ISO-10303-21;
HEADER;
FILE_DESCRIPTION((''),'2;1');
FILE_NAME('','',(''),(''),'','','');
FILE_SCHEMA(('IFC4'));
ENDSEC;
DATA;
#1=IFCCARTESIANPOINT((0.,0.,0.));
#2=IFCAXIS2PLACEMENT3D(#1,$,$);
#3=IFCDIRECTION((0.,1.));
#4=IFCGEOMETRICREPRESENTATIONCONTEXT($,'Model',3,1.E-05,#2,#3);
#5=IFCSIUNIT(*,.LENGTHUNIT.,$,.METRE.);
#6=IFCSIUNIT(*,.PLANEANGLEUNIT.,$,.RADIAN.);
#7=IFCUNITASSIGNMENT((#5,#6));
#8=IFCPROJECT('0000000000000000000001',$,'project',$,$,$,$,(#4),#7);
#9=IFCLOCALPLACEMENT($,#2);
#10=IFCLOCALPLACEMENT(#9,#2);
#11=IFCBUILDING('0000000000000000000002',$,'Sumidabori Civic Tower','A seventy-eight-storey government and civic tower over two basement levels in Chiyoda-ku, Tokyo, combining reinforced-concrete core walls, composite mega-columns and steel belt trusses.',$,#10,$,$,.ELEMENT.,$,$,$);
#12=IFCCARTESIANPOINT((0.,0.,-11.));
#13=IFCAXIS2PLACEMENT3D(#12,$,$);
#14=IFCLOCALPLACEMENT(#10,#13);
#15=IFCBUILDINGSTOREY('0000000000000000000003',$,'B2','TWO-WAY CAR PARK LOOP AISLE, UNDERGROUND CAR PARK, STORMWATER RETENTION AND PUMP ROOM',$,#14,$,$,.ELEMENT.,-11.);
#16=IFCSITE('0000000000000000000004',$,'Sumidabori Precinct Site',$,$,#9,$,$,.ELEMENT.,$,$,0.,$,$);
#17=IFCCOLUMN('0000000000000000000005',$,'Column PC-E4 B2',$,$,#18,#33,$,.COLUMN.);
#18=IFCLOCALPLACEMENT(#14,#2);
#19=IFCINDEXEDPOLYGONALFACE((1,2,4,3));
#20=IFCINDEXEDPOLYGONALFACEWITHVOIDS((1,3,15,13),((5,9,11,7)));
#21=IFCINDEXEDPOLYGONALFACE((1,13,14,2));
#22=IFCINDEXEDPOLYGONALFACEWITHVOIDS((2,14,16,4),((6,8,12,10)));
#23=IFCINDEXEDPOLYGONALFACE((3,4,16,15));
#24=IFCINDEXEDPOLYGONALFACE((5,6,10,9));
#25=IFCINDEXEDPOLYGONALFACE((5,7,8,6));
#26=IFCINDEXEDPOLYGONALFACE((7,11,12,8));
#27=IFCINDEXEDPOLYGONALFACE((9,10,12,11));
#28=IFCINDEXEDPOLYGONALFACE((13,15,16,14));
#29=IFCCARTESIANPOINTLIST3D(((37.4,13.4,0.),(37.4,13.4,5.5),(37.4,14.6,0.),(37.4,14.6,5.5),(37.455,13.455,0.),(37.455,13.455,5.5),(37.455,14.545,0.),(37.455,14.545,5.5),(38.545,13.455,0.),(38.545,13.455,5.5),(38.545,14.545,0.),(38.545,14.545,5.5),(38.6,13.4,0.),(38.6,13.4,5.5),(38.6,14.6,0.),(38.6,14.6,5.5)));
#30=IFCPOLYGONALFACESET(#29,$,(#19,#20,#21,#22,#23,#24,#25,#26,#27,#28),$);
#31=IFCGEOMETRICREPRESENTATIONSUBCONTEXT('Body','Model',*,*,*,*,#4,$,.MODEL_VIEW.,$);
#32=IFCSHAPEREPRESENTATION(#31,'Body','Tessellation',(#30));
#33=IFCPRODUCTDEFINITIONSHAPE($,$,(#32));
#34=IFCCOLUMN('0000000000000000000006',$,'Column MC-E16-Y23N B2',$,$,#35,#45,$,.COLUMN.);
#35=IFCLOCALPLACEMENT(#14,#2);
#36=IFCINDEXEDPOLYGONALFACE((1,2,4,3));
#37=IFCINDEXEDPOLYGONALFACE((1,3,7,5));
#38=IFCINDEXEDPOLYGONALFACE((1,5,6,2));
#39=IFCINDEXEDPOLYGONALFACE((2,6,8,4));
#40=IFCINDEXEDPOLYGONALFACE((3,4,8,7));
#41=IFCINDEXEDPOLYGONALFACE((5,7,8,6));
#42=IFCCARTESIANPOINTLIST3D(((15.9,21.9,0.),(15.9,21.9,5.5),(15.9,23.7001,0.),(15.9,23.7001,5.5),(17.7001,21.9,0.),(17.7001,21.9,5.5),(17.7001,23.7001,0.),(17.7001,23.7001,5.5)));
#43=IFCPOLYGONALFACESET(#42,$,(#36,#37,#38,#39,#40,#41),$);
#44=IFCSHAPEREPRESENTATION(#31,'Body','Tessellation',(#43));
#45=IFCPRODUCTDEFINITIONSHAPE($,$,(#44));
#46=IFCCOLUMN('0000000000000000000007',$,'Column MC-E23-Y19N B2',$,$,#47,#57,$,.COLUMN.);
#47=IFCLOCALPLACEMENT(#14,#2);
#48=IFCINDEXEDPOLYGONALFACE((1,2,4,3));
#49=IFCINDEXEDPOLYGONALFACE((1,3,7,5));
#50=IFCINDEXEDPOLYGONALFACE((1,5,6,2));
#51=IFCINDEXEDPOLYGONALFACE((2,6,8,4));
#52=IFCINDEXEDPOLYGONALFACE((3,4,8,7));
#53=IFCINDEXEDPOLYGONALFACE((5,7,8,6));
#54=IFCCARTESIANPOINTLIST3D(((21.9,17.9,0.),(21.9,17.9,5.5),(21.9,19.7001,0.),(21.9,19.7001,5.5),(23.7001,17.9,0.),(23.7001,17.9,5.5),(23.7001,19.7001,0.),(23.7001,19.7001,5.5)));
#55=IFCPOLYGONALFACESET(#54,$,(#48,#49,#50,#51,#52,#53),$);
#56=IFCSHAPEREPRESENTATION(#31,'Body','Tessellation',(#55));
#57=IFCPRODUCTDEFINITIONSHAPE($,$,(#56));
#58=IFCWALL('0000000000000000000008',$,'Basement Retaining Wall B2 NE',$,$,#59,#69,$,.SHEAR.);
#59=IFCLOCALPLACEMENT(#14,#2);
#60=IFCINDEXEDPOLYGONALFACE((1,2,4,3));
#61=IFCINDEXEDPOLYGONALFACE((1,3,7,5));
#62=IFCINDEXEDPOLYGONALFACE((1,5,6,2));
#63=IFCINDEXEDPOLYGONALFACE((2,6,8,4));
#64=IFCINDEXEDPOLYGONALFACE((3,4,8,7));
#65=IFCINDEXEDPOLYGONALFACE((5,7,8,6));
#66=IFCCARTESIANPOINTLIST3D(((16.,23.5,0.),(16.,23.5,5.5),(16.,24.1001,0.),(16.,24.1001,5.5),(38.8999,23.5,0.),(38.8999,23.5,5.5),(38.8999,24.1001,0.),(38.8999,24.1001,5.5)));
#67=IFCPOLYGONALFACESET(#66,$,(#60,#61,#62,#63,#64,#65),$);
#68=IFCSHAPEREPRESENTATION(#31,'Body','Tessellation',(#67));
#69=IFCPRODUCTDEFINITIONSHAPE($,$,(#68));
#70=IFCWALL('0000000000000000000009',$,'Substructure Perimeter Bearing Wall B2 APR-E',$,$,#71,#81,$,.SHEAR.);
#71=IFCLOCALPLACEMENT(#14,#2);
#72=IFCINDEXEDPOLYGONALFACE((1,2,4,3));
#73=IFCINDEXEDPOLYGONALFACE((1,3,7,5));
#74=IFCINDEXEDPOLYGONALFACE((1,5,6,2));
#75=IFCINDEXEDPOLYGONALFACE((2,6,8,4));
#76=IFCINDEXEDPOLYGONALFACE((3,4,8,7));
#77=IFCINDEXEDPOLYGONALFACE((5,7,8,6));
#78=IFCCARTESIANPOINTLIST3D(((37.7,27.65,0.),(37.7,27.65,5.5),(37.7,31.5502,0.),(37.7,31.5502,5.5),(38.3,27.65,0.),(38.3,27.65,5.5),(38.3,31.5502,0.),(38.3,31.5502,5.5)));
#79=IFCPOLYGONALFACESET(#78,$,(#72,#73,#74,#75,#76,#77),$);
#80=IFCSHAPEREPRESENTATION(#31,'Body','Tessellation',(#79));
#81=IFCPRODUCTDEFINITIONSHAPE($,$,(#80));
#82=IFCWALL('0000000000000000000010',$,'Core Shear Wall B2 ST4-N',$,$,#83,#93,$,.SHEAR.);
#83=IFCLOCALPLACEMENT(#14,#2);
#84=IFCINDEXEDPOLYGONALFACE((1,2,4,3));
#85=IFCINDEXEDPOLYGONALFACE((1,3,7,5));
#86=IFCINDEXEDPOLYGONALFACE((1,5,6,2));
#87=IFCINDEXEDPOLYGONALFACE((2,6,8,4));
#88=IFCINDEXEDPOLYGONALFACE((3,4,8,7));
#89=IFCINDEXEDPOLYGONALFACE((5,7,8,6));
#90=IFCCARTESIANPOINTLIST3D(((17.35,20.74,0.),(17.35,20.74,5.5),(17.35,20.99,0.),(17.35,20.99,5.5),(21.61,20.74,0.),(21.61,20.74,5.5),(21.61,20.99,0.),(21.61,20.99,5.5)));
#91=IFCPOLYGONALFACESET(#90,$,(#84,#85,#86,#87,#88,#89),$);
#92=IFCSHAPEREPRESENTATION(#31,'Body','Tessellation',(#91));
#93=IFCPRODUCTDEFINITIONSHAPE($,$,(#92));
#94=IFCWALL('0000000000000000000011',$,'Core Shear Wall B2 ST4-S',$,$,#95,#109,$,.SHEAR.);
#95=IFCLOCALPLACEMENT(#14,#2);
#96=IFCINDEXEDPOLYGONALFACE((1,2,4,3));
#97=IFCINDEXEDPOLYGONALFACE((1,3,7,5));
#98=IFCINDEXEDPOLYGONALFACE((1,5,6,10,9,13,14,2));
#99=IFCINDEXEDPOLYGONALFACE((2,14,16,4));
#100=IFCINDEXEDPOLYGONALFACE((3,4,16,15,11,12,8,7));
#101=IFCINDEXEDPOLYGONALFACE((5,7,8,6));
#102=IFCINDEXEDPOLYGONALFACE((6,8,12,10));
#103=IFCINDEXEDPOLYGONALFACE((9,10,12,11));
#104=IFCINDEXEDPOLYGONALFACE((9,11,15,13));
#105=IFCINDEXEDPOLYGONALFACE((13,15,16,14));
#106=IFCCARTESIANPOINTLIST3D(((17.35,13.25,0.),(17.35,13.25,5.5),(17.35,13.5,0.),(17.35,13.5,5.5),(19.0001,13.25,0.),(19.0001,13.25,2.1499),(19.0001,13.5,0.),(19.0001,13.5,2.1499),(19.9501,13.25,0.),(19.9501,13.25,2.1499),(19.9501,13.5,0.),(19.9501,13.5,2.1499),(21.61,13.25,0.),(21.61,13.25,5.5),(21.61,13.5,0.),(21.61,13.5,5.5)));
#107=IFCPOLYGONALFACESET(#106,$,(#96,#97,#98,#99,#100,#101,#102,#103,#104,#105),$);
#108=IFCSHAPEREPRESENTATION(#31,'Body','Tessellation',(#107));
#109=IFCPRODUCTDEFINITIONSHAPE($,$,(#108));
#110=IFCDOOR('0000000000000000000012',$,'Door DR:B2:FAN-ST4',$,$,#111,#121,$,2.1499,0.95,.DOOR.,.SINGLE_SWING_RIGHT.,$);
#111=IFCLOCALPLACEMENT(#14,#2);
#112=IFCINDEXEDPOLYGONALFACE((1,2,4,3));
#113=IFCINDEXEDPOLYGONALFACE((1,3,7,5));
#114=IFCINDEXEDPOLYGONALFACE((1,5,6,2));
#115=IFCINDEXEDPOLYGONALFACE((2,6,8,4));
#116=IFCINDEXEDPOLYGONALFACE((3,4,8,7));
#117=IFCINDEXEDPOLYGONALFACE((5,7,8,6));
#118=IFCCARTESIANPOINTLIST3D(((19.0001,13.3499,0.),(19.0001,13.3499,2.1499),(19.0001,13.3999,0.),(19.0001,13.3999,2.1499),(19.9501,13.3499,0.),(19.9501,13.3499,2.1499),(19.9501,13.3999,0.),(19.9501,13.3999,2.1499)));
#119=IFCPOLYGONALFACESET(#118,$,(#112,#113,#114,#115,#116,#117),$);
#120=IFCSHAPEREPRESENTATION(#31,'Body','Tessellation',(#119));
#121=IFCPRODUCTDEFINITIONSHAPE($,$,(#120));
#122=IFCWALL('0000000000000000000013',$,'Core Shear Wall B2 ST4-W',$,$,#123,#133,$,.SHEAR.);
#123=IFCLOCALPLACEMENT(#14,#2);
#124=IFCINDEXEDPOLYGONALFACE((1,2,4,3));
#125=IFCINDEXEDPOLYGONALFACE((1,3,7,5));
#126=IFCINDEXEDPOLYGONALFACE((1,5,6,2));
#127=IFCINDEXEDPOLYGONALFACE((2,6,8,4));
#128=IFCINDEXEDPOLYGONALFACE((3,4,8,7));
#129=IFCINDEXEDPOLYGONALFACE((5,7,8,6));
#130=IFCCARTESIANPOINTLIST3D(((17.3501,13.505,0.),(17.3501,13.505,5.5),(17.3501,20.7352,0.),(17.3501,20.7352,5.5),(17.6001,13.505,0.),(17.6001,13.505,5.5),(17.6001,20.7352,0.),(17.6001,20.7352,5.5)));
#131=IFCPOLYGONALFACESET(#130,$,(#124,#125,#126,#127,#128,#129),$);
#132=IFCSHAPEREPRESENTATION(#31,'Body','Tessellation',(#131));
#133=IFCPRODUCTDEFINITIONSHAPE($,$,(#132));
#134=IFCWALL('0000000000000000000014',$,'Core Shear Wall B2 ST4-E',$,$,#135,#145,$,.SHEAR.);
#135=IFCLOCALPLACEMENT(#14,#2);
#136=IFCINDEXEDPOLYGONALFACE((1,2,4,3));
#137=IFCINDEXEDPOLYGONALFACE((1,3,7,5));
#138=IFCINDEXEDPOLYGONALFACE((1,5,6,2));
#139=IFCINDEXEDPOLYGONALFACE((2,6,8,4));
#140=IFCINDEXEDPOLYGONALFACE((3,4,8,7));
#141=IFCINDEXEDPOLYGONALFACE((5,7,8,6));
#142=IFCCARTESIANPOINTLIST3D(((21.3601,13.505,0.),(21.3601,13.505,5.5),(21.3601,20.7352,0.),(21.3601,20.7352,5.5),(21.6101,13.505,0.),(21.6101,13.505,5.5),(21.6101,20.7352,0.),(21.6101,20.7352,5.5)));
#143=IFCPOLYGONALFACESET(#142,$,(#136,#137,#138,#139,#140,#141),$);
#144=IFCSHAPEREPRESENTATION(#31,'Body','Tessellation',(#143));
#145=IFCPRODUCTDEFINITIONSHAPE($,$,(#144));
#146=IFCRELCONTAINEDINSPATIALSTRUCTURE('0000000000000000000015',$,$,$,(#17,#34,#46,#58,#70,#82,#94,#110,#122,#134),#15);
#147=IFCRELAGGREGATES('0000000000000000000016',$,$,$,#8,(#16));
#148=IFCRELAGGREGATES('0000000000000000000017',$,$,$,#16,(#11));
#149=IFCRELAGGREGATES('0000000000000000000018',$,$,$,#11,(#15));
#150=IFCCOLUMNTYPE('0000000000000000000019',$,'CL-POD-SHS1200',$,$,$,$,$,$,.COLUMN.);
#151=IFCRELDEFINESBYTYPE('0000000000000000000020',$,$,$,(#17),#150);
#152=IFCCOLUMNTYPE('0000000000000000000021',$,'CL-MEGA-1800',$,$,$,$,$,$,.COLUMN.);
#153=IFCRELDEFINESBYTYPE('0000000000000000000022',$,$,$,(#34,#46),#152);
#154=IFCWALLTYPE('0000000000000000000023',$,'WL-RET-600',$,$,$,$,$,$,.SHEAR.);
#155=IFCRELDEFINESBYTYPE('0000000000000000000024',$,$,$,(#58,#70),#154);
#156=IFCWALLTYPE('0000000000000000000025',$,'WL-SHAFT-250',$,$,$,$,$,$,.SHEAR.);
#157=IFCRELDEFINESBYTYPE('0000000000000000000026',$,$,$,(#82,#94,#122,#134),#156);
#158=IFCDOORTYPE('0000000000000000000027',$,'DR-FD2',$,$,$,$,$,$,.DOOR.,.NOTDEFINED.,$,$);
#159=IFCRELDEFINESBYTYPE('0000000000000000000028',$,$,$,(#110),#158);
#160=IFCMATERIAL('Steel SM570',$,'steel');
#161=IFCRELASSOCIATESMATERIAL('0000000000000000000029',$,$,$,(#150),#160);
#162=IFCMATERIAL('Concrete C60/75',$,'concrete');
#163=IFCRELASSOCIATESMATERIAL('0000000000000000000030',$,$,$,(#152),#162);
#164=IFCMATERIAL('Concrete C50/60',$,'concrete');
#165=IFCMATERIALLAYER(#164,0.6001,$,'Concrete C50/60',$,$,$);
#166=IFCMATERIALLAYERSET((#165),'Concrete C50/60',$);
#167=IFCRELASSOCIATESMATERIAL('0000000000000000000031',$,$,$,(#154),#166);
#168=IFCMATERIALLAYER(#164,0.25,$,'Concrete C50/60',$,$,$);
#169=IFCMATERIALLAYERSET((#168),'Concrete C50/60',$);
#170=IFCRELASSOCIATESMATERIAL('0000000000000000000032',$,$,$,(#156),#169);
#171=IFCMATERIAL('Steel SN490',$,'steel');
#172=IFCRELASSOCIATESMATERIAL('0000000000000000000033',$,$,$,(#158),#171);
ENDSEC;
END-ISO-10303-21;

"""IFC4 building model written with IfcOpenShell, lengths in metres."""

from ifc_helpers import new_model, si_unit, direction, frame, frame_2d, origin, origin_2d, place, context, subcontext, project, spatial, rectangle, hollow_rectangle, extrude, source, transform, mapped, material, layer, layer_set, material_profile, profile_set, type_object, element, fill, save


model = new_model("IFC4")

# Units and contexts
model_context = context("Model", 3, precision=1e-05, world=origin(), true_north=direction((0.0, 1.0)))
body_context = subcontext(model_context, "Body", "Model", "MODEL_VIEW")
ifc_project = project(units=[si_unit("LENGTHUNIT", "METRE"), si_unit("PLANEANGLEUNIT", "RADIAN")], contexts=[model_context])

# Site, building, storey
site_placement = place(None, origin())
site = spatial("IfcSite", under=ifc_project, at=site_placement, Name="Sumidabori Precinct Site", CompositionType="ELEMENT", RefElevation=0.0)
building_placement = place(site_placement, origin())
building = spatial("IfcBuilding", under=site, at=building_placement, Name="Sumidabori Civic Tower", Description="A seventy-eight-storey government and civic tower over two basement levels in Chiyoda-ku, Tokyo, combining reinforced-concrete core walls, composite mega-columns and steel belt trusses.", CompositionType="ELEMENT")
storey_placement = place(building_placement, frame((0.0, 0.0, -11.0)))
storey = spatial("IfcBuildingStorey", under=building, at=storey_placement, Name="B2", Description="TWO-WAY CAR PARK LOOP AISLE, UNDERGROUND CAR PARK, STORMWATER RETENTION AND PUMP ROOM", CompositionType="ELEMENT", Elevation=-11.0)

# Shared definitions
ifc_material_1 = material(Name="Concrete C50/60", Category="concrete")

# Columns
ifc_material_2 = material(Name="Steel SM570", Category="steel")
ifc_material_profile_1 = material_profile(ifc_material_2, hollow_rectangle(XDim=1.2, YDim=1.2, WallThickness=0.0549, at=origin_2d()), Name="SHS 1200x1200x55")
ifc_profile_set_1 = profile_set([ifc_material_profile_1], Name="Steel SM570")
column_type_1 = type_object("IfcColumnType", Name="CL-POD-SHS1200", PredefinedType="COLUMN", material=ifc_profile_set_1)
shared_shape_1 = source(origin(), body_context, "Body", "SweptSolid", [
    extrude(hollow_rectangle(XDim=1.2, YDim=1.2, WallThickness=0.0549, at=origin_2d()), origin(), (0.0, 0.0, 1.0), 5.5),
])
column_placement = place(storey_placement, frame((38.0, 14.0, 0.0), z_axis=(0.0, 0.0, 1.0), x_axis=(1.0, 0.0, 0.0)))
element("IfcColumn", 1, at=column_placement, inside=storey, type_object=column_type_1, Name="Column PC-E4 B2", PredefinedType="COLUMN", context=body_context, shape_type="MappedRepresentation", body=[
    mapped(shared_shape_1, transform((0.0, 0.0, 0.0), x_axis=(1.0, 0.0, 0.0), y_axis=(0.0, 1.0, 0.0), z_axis=(0.0, 0.0, 1.0), scale=1.0)),
])
ifc_material_3 = material(Name="Concrete C60/75", Category="concrete")
ifc_material_profile_2 = material_profile(ifc_material_3, rectangle(XDim=1.8, YDim=1.8, at=origin_2d()), Name="RC 1800x1800")
ifc_profile_set_2 = profile_set([ifc_material_profile_2], Name="Concrete C60/75")
column_type_2 = type_object("IfcColumnType", Name="CL-MEGA-1800", PredefinedType="COLUMN", material=ifc_profile_set_2)
shared_shape_2 = source(origin(), body_context, "Body", "SweptSolid", [
    extrude(rectangle(XDim=1.8, YDim=1.8, at=origin_2d()), origin(), (0.0, 0.0, 1.0), 5.5),
])
for number, where, z_axis, x_axis, name in (
    (2, (16.8, 22.8, 0.0), (0.0, 0.0, 1.0), (1.0, 0.0, 0.0), "Column MC-E16-Y23N B2"),
    (3, (22.8, 18.8, 0.0), (0.0, 0.0, 1.0), (1.0, 0.0, 0.0), "Column MC-E23-Y19N B2"),
):
    element("IfcColumn", number, at=place(storey_placement, frame(where, z_axis=z_axis, x_axis=x_axis)), inside=storey, type_object=column_type_2, Name=name, PredefinedType="COLUMN", context=body_context, shape_type="MappedRepresentation", body=[
        mapped(shared_shape_2, transform((0.0, 0.0, 0.0), x_axis=(1.0, 0.0, 0.0), y_axis=(0.0, 1.0, 0.0), z_axis=(0.0, 0.0, 1.0), scale=1.0)),
    ])

# Walls
ifc_layer_1 = layer(ifc_material_1, 0.6001, Name="Concrete C50/60")
ifc_layer_set_1 = layer_set([ifc_layer_1], Name="Concrete C50/60")
wall_type_1 = type_object("IfcWallType", Name="WL-RET-600", PredefinedType="SHEAR", material=ifc_layer_set_1)
shared_shape_3 = source(origin(), body_context, "Body", "SweptSolid", [
    extrude(rectangle(XDim=22.8999, YDim=0.6001, at=frame_2d((11.45, 0.0))), origin(), (0.0, 0.0, 1.0), 5.5),
])
wall_1_placement = place(storey_placement, frame((16.0, 23.8, 0.0), z_axis=(0.0, 0.0, 1.0), x_axis=(1.0, 0.0, 0.0)))
element("IfcWall", 4, at=wall_1_placement, inside=storey, type_object=wall_type_1, Name="Basement Retaining Wall B2 NE", PredefinedType="SHEAR", context=body_context, shape_type="MappedRepresentation", body=[
    mapped(shared_shape_3, transform((0.0, 0.0, 0.0), x_axis=(1.0, 0.0, 0.0), y_axis=(0.0, 1.0, 0.0), z_axis=(0.0, 0.0, 1.0), scale=1.0)),
])
shared_shape_4 = source(origin(), body_context, "Body", "SweptSolid", [
    extrude(rectangle(XDim=3.9001, YDim=0.6001, at=frame_2d((1.9502, 0.0))), origin(), (0.0, 0.0, 1.0), 5.5),
])
wall_2_placement = place(storey_placement, frame((38.0, 27.6499, 0.0), z_axis=(0.0, 0.0, 1.0), x_axis=(0.0, 1.0, 0.0)))
element("IfcWall", 5, at=wall_2_placement, inside=storey, type_object=wall_type_1, Name="Substructure Perimeter Bearing Wall B2 APR-E", PredefinedType="SHEAR", context=body_context, shape_type="MappedRepresentation", body=[
    mapped(shared_shape_4, transform((0.0, 0.0, 0.0), x_axis=(1.0, 0.0, 0.0), y_axis=(0.0, 1.0, 0.0), z_axis=(0.0, 0.0, 1.0), scale=1.0)),
])
ifc_layer_2 = layer(ifc_material_1, 0.25, Name="Concrete C50/60")
ifc_layer_set_2 = layer_set([ifc_layer_2], Name="Concrete C50/60")
wall_type_2 = type_object("IfcWallType", Name="WL-SHAFT-250", PredefinedType="SHEAR", material=ifc_layer_set_2)
shared_shape_5 = source(origin(), body_context, "Body", "SweptSolid", [
    extrude(rectangle(XDim=4.26, YDim=0.25, at=frame_2d((2.1299, 0.0))), origin(), (0.0, 0.0, 1.0), 5.5),
])
wall_3_placement = place(storey_placement, frame((17.3501, 20.865, 0.0), z_axis=(0.0, 0.0, 1.0), x_axis=(1.0, 0.0, 0.0)))
element("IfcWall", 6, at=wall_3_placement, inside=storey, type_object=wall_type_2, Name="Core Shear Wall B2 ST4-N", PredefinedType="SHEAR", context=body_context, shape_type="MappedRepresentation", body=[
    mapped(shared_shape_5, transform((0.0, 0.0, 0.0), x_axis=(1.0, 0.0, 0.0), y_axis=(0.0, 1.0, 0.0), z_axis=(0.0, 0.0, 1.0), scale=1.0)),
])

# Wall, opening, door
wall_4_placement = place(storey_placement, frame((17.3501, 13.375, 0.0), z_axis=(0.0, 0.0, 1.0), x_axis=(1.0, 0.0, 0.0)))
wall_4 = element("IfcWall", 7, at=wall_4_placement, inside=storey, type_object=wall_type_2, Name="Core Shear Wall B2 ST4-S", PredefinedType="SHEAR", context=body_context, shape_type="MappedRepresentation", body=[
    mapped(shared_shape_5, transform((0.0, 0.0, 0.0), x_axis=(1.0, 0.0, 0.0), y_axis=(0.0, 1.0, 0.0), z_axis=(0.0, 0.0, 1.0), scale=1.0)),
])
opening_placement = place(wall_4_placement, frame((1.6499, 0.0, 0.0)))
opening = element("IfcOpeningElement", 8, at=opening_placement, cuts=wall_4, PredefinedType="OPENING", context=body_context, shape_type="SweptSolid", body=[
    extrude(rectangle(XDim=0.95, YDim=2.1499, at=frame_2d((0.4751, 1.075))), frame((0.0, 0.137, 0.0), z_axis=(0.0, -1.0, 0.0), x_axis=(1.0, 0.0, 0.0)), (0.0, 0.0, 1.0), 0.2739),
])
ifc_material_4 = material(Name="Steel SN490", Category="steel")
door_type = type_object("IfcDoorType", Name="DR-FD2", OperationType="NOTDEFINED", PredefinedType="DOOR", material=ifc_material_4)
shared_shape_6 = source(origin(), body_context, "Body", "SweptSolid", [
    extrude(rectangle(XDim=0.95, YDim=2.1499, at=frame_2d((0.4751, 1.075))), frame((0.0, 0.0249, 0.0), z_axis=(0.0, -1.0, 0.0), x_axis=(1.0, 0.0, 0.0)), (0.0, 0.0, 1.0), 0.05),
])
door_placement = place(opening_placement, origin())
door = element("IfcDoor", 9, at=door_placement, inside=storey, type_object=door_type, Name="Door DR:B2:FAN-ST4", OperationType="SINGLE_SWING_RIGHT", OverallHeight=2.1499, OverallWidth=0.95, PredefinedType="DOOR", context=body_context, shape_type="MappedRepresentation", body=[
    mapped(shared_shape_6, transform((0.0, 0.0, 0.0), x_axis=(1.0, 0.0, 0.0), y_axis=(0.0, 1.0, 0.0), z_axis=(0.0, 0.0, 1.0), scale=1.0)),
])
fill(opening, door)

# Walls
shared_shape_7 = source(origin(), body_context, "Body", "SweptSolid", [
    extrude(rectangle(XDim=7.2302, YDim=0.25, at=frame_2d((3.6152, 0.0))), origin(), (0.0, 0.0, 1.0), 5.5),
])
for number, where, z_axis, x_axis, name in (
    (10, (17.4751, 13.5049, 0.0), (0.0, 0.0, 1.0), (0.0, 1.0, 0.0), "Core Shear Wall B2 ST4-W"),
    (11, (21.4851, 13.5049, 0.0), (0.0, 0.0, 1.0), (0.0, 1.0, 0.0), "Core Shear Wall B2 ST4-E"),
):
    element("IfcWall", number, at=place(storey_placement, frame(where, z_axis=z_axis, x_axis=x_axis)), inside=storey, type_object=wall_type_2, Name=name, PredefinedType="SHEAR", context=body_context, shape_type="MappedRepresentation", body=[
        mapped(shared_shape_7, transform((0.0, 0.0, 0.0), x_axis=(1.0, 0.0, 0.0), y_axis=(0.0, 1.0, 0.0), z_axis=(0.0, 0.0, 1.0), scale=1.0)),
    ])

save(model, "model.ifc")
